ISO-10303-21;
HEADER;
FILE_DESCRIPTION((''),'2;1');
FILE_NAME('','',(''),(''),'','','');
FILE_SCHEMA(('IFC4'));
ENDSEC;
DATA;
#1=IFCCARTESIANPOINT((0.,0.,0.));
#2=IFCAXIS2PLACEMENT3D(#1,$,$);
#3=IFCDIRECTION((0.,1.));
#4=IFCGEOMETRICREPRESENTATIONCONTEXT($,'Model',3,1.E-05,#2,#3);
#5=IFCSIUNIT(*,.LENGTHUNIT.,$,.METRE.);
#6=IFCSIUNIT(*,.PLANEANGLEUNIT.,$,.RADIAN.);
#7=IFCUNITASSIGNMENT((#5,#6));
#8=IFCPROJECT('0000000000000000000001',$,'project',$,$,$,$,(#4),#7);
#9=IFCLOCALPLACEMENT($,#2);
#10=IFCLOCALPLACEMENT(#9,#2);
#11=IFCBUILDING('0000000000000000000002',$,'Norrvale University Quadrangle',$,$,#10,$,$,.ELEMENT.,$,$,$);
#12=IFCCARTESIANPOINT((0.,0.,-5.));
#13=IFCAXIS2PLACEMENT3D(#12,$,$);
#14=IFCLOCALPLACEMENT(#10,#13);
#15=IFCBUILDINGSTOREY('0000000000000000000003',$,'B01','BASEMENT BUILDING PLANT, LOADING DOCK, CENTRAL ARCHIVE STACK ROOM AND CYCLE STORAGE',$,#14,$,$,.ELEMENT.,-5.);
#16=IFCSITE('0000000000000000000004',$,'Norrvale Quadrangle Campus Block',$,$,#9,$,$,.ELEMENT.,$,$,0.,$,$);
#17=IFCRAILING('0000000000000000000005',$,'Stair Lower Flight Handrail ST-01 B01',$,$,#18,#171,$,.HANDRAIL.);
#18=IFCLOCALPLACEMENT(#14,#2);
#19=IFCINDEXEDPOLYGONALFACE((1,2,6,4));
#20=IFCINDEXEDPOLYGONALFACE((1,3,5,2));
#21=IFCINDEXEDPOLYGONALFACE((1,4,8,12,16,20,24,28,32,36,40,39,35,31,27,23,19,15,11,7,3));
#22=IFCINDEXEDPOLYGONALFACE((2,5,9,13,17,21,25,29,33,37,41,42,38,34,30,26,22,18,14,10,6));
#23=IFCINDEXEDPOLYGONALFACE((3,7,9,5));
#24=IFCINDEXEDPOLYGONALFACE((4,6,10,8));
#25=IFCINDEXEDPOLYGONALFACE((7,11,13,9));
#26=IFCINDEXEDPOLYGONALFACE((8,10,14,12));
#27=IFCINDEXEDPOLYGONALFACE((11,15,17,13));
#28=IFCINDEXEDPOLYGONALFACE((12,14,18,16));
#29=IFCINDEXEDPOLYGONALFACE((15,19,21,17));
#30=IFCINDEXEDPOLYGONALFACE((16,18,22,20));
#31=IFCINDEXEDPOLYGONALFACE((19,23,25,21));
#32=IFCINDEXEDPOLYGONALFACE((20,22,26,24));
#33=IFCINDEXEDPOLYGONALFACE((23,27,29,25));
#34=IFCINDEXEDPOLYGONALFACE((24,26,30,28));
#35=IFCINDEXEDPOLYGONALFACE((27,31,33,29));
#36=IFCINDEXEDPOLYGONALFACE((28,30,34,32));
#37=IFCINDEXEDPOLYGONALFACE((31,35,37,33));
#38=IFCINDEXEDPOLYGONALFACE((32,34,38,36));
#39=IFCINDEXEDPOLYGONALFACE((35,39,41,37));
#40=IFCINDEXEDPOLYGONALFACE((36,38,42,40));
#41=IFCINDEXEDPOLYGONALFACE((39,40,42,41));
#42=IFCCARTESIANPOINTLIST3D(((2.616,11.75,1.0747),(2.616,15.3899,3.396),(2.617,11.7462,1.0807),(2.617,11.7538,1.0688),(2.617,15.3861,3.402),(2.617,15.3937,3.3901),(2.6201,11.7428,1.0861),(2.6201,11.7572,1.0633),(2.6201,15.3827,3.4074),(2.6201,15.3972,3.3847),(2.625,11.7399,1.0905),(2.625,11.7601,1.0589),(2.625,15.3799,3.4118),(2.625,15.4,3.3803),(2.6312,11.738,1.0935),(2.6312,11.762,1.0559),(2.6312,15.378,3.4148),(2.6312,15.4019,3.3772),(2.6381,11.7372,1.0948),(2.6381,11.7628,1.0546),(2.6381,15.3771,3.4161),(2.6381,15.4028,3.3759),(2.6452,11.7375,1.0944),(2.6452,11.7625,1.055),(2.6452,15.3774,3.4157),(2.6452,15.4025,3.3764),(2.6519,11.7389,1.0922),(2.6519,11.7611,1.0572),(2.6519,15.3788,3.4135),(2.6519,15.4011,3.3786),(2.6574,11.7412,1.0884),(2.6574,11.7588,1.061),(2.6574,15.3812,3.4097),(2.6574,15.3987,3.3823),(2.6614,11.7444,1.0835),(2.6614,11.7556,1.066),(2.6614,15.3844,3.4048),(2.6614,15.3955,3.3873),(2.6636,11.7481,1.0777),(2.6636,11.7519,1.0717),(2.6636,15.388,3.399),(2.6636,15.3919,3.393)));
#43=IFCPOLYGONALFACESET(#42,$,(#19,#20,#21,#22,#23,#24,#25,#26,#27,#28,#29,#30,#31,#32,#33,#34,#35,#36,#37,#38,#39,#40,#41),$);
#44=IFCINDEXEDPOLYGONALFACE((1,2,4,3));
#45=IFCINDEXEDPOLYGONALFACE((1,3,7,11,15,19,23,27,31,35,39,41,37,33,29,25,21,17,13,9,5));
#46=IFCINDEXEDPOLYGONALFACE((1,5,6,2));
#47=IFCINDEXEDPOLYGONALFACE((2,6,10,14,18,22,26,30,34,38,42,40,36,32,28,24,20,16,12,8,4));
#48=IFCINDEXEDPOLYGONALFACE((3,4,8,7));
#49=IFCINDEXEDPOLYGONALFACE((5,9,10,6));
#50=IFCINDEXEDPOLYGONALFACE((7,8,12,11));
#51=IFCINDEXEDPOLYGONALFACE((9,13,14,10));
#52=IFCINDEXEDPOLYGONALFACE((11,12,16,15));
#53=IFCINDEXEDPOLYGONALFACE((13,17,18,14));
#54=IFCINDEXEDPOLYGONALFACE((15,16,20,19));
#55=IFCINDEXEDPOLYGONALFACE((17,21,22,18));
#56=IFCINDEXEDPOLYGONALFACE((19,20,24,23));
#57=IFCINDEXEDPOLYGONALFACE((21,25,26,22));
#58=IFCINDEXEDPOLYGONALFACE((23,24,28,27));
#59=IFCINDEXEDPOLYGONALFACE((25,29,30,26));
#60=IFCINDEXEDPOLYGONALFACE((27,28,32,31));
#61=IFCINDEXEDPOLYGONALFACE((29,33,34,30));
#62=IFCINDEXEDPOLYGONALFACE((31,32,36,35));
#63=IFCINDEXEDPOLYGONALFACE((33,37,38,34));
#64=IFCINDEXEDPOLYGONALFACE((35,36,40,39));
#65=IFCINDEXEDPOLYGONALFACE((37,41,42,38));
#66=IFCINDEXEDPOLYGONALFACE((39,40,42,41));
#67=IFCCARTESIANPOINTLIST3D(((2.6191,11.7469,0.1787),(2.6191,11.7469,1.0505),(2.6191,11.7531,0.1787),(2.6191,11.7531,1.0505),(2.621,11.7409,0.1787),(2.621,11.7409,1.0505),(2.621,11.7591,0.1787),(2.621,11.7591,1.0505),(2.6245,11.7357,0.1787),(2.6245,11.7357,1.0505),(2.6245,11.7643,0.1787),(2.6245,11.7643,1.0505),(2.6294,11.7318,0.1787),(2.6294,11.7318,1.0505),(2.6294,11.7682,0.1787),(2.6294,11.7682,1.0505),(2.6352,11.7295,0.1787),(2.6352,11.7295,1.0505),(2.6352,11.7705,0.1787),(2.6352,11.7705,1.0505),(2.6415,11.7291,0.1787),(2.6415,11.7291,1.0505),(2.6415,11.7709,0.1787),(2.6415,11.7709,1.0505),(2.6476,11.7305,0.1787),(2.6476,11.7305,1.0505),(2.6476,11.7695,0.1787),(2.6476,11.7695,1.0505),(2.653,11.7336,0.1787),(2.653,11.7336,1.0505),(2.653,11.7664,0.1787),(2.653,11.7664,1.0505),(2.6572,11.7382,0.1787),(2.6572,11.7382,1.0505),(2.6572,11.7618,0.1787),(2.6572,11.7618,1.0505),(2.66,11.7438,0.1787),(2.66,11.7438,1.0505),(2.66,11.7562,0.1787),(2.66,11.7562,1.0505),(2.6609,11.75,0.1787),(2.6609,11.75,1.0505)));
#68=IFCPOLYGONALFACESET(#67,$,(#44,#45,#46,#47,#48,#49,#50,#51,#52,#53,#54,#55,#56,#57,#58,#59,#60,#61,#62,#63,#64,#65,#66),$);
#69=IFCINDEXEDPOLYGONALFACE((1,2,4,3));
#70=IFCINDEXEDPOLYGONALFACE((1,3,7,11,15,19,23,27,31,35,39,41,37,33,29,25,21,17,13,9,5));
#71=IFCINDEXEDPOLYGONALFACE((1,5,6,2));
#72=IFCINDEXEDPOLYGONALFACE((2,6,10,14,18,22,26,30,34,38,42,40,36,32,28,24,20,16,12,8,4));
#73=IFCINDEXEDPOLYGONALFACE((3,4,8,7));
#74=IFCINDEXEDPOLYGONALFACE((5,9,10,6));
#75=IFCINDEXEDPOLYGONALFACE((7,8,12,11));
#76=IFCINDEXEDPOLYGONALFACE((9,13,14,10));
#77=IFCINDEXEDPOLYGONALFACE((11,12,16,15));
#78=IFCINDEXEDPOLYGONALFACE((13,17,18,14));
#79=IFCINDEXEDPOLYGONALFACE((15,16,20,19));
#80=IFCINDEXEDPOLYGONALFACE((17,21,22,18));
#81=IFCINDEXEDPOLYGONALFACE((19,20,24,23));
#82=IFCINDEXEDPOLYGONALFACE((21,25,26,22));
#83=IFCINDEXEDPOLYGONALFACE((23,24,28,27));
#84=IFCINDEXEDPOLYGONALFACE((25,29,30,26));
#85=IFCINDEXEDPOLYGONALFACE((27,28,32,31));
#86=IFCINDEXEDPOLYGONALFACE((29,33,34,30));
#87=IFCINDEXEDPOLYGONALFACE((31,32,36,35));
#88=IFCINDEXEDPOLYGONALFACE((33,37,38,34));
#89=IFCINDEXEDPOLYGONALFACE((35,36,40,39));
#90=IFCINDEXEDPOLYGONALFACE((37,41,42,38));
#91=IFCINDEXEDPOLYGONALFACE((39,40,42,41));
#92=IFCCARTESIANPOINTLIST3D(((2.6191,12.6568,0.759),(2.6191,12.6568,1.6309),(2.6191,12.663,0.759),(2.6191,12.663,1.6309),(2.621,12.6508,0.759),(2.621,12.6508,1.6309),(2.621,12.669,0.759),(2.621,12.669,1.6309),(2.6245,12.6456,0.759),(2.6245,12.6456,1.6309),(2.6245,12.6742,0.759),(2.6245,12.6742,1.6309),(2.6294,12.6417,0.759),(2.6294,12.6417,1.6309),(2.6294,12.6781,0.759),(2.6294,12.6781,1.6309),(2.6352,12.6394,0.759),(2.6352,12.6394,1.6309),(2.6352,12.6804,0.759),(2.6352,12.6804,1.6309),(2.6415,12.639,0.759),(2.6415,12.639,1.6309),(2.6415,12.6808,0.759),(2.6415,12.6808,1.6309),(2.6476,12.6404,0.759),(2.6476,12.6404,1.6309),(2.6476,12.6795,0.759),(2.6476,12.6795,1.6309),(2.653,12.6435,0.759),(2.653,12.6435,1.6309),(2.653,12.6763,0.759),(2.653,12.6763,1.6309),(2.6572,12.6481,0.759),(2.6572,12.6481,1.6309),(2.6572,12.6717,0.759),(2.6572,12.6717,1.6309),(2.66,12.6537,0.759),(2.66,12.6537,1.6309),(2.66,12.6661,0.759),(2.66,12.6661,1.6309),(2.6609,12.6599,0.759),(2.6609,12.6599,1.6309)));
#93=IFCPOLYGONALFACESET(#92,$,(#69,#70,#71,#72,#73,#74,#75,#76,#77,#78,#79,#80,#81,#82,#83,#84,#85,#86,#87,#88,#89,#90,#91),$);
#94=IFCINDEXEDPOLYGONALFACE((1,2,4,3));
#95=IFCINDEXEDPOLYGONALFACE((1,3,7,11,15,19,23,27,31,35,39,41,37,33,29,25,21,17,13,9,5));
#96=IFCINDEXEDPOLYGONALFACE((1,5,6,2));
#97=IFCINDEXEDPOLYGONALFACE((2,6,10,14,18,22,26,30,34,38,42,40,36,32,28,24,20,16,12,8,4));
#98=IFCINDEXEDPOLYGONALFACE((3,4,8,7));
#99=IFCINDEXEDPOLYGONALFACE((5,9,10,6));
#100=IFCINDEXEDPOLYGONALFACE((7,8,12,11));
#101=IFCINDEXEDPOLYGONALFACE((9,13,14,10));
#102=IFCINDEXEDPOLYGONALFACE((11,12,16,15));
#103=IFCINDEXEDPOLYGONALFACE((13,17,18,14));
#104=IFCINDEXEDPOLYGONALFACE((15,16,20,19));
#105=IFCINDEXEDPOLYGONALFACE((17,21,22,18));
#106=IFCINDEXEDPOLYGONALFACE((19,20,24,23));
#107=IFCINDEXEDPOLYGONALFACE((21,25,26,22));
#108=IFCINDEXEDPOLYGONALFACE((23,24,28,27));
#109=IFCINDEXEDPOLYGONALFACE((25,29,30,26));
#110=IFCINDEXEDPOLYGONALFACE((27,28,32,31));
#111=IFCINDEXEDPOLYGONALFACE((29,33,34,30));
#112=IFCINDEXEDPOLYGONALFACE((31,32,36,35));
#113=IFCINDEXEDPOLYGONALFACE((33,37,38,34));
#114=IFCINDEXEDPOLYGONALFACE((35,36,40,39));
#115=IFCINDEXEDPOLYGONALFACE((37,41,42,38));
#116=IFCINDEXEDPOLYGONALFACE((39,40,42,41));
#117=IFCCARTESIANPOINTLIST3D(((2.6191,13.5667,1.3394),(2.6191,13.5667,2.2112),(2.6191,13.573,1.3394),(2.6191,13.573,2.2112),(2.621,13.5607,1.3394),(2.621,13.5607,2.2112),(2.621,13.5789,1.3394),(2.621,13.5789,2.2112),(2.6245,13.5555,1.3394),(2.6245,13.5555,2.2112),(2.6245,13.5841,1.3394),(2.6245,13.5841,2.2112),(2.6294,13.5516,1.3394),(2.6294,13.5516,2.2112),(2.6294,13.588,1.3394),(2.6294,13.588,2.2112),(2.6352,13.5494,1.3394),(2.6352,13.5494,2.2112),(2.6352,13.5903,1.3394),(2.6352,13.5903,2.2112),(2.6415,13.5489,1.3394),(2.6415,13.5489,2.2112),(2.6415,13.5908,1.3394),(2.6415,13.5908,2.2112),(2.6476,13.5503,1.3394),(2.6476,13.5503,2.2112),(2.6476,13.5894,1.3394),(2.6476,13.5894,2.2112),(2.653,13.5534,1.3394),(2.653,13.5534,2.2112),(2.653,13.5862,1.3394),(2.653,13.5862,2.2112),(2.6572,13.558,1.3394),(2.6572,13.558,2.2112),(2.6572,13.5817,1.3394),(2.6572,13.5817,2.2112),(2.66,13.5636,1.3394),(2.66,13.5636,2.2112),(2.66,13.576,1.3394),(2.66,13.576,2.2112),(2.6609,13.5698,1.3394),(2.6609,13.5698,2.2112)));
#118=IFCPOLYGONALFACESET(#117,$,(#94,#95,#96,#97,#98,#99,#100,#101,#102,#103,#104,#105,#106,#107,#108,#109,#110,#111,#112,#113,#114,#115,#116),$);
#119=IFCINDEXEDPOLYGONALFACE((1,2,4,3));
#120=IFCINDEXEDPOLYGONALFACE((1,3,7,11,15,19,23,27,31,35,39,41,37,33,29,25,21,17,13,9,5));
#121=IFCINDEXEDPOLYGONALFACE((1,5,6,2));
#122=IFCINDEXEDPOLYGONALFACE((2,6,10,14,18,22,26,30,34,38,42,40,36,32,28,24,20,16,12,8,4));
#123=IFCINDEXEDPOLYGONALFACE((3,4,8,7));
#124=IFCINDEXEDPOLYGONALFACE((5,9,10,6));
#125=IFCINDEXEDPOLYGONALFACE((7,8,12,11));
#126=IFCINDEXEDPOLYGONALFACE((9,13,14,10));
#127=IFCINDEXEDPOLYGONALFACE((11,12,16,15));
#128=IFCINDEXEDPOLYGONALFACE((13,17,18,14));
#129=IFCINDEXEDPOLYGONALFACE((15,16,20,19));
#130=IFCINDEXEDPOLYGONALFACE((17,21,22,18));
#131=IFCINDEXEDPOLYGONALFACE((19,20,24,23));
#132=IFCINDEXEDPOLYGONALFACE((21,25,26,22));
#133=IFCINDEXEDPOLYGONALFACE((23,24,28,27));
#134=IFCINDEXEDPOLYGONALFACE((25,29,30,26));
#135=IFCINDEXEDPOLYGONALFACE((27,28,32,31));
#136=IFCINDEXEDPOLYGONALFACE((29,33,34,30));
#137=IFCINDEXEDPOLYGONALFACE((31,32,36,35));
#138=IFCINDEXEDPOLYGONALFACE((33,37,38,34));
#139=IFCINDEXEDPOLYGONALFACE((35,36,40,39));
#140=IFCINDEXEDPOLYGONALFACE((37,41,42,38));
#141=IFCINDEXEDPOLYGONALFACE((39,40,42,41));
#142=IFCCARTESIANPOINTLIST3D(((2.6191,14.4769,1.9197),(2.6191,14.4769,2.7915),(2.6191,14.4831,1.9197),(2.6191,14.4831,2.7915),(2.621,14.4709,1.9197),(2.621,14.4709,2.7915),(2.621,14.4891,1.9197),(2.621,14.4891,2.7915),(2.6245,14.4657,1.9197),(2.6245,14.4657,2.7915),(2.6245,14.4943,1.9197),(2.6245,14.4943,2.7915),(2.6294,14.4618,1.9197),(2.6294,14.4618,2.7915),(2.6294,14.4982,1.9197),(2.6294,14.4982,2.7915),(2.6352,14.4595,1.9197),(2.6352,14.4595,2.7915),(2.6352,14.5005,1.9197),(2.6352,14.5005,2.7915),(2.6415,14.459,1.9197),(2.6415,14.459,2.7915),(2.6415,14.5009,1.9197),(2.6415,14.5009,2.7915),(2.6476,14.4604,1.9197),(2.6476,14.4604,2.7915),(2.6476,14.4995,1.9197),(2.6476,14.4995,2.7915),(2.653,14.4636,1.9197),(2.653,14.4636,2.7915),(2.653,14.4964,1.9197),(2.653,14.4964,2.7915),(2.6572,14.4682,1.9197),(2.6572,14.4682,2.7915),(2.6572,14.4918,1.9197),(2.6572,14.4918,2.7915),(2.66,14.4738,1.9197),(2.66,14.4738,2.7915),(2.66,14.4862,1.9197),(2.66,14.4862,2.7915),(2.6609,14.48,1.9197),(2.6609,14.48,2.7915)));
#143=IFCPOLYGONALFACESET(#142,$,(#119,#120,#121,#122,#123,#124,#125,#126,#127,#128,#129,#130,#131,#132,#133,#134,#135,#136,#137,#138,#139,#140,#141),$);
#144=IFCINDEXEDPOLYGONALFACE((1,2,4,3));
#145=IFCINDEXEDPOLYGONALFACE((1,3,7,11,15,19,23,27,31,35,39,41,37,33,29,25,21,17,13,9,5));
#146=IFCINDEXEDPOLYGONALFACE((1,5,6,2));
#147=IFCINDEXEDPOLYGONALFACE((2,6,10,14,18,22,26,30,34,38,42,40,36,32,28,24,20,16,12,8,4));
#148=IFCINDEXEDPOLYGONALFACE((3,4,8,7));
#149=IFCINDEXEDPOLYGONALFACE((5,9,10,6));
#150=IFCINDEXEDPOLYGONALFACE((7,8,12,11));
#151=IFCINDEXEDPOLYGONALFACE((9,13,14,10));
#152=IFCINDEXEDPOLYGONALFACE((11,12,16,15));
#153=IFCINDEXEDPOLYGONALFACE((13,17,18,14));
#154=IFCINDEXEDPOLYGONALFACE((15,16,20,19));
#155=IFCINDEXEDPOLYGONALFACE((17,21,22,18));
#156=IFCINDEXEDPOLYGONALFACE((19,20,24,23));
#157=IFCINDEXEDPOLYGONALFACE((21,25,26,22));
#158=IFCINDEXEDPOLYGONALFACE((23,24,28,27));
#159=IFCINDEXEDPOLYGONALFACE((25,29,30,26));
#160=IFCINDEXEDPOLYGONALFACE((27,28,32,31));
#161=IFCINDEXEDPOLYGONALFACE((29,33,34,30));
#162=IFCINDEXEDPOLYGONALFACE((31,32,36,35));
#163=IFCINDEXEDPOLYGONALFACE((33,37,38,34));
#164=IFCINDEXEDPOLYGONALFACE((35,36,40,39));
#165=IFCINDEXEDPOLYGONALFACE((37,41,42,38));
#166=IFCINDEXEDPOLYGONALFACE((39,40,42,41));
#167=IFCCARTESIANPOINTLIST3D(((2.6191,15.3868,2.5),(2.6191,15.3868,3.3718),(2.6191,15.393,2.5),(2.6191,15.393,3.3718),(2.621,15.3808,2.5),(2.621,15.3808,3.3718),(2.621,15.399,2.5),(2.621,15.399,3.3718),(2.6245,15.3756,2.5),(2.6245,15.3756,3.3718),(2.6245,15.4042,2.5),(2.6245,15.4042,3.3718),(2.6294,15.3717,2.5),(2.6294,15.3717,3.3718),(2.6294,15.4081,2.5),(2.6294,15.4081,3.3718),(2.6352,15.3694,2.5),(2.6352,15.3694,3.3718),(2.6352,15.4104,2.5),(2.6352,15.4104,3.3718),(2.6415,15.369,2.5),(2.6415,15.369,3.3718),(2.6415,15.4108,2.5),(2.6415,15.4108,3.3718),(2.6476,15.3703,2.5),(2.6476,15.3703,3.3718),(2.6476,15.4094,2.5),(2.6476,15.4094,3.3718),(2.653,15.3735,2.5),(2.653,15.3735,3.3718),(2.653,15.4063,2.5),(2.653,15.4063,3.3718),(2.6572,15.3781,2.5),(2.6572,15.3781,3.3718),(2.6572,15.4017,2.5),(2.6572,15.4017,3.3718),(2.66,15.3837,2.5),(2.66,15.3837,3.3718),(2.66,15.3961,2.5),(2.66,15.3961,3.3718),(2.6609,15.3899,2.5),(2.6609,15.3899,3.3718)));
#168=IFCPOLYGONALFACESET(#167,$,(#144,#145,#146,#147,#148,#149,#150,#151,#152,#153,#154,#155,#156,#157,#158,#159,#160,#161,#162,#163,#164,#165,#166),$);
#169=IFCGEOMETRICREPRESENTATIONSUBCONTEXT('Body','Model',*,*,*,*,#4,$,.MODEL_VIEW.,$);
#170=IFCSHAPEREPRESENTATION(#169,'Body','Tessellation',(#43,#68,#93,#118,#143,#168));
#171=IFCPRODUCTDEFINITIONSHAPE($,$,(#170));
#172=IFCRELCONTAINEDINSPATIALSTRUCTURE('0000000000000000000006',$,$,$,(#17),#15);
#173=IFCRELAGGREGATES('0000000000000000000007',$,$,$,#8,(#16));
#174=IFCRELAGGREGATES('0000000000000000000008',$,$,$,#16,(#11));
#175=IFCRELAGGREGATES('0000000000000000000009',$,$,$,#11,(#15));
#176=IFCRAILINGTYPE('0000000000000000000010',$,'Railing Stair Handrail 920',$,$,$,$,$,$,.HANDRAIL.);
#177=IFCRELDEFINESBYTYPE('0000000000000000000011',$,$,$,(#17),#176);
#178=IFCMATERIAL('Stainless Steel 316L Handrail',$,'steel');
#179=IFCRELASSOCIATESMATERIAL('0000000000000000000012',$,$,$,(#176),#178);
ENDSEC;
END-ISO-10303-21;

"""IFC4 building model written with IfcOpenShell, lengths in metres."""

from ifc_helpers import new_model, si_unit, direction, frame, origin, origin_2d, place, context, subcontext, project, spatial, circle, extrude, material, type_object, element, save


model = new_model("IFC4")

# Units and contexts
model_context = context("Model", 3, precision=1e-05, world=origin(), true_north=direction((0.0, 1.0)))
body_context = subcontext(model_context, "Body", "Model", "MODEL_VIEW")
ifc_project = project(units=[si_unit("LENGTHUNIT", "METRE"), si_unit("PLANEANGLEUNIT", "RADIAN")], contexts=[model_context])

# Site, building, storey
site_placement = place(None, origin())
site = spatial("IfcSite", under=ifc_project, at=site_placement, Name="Norrvale Quadrangle Campus Block", CompositionType="ELEMENT", RefElevation=0.0)
building_placement = place(site_placement, origin())
building = spatial("IfcBuilding", under=site, at=building_placement, Name="Norrvale University Quadrangle", CompositionType="ELEMENT")
storey_placement = place(building_placement, frame((0.0, 0.0, -5.0)))
storey = spatial("IfcBuildingStorey", under=building, at=storey_placement, Name="B01", Description="BASEMENT BUILDING PLANT, LOADING DOCK, CENTRAL ARCHIVE STACK ROOM AND CYCLE STORAGE", CompositionType="ELEMENT", Elevation=-5.0)

# Railing
ifc_material_1 = material(Name="Stainless Steel 316L Handrail", Category="steel")
railing_type = type_object("IfcRailingType", Name="Railing Stair Handrail 920", PredefinedType="HANDRAIL", material=ifc_material_1)
railing_placement = place(storey_placement, frame((2.6399, 11.75, 0.1787)))
element("IfcRailing", 1, at=railing_placement, inside=storey, type_object=railing_type, Name="Stair Lower Flight Handrail ST-01 B01", PredefinedType="HANDRAIL", context=body_context, shape_type="SweptSolid", body=[
    extrude(circle(Radius=0.0239, at=origin_2d()), frame((0.0, 0.0, 0.896), z_axis=(0.0, 0.843137, 0.537699), x_axis=(-1.0, 0.0, 0.0)), (0.0, 0.0, 1.0), 4.3171),
    extrude(circle(Radius=0.021, at=origin_2d()), origin(), (0.0, 0.0, 1.0), 0.8718),
    extrude(circle(Radius=0.021, at=origin_2d()), frame((0.0, 0.9099, 0.5803)), (0.0, 0.0, 1.0), 0.8718),
    extrude(circle(Radius=0.021, at=origin_2d()), frame((0.0, 1.8198, 1.1606)), (0.0, 0.0, 1.0), 0.8718),
    extrude(circle(Radius=0.021, at=origin_2d()), frame((0.0, 2.73, 1.741)), (0.0, 0.0, 1.0), 0.8718),
    extrude(circle(Radius=0.021, at=origin_2d()), frame((0.0, 3.6399, 2.3213)), (0.0, 0.0, 1.0), 0.8718),
])

save(model, "model.ifc")
